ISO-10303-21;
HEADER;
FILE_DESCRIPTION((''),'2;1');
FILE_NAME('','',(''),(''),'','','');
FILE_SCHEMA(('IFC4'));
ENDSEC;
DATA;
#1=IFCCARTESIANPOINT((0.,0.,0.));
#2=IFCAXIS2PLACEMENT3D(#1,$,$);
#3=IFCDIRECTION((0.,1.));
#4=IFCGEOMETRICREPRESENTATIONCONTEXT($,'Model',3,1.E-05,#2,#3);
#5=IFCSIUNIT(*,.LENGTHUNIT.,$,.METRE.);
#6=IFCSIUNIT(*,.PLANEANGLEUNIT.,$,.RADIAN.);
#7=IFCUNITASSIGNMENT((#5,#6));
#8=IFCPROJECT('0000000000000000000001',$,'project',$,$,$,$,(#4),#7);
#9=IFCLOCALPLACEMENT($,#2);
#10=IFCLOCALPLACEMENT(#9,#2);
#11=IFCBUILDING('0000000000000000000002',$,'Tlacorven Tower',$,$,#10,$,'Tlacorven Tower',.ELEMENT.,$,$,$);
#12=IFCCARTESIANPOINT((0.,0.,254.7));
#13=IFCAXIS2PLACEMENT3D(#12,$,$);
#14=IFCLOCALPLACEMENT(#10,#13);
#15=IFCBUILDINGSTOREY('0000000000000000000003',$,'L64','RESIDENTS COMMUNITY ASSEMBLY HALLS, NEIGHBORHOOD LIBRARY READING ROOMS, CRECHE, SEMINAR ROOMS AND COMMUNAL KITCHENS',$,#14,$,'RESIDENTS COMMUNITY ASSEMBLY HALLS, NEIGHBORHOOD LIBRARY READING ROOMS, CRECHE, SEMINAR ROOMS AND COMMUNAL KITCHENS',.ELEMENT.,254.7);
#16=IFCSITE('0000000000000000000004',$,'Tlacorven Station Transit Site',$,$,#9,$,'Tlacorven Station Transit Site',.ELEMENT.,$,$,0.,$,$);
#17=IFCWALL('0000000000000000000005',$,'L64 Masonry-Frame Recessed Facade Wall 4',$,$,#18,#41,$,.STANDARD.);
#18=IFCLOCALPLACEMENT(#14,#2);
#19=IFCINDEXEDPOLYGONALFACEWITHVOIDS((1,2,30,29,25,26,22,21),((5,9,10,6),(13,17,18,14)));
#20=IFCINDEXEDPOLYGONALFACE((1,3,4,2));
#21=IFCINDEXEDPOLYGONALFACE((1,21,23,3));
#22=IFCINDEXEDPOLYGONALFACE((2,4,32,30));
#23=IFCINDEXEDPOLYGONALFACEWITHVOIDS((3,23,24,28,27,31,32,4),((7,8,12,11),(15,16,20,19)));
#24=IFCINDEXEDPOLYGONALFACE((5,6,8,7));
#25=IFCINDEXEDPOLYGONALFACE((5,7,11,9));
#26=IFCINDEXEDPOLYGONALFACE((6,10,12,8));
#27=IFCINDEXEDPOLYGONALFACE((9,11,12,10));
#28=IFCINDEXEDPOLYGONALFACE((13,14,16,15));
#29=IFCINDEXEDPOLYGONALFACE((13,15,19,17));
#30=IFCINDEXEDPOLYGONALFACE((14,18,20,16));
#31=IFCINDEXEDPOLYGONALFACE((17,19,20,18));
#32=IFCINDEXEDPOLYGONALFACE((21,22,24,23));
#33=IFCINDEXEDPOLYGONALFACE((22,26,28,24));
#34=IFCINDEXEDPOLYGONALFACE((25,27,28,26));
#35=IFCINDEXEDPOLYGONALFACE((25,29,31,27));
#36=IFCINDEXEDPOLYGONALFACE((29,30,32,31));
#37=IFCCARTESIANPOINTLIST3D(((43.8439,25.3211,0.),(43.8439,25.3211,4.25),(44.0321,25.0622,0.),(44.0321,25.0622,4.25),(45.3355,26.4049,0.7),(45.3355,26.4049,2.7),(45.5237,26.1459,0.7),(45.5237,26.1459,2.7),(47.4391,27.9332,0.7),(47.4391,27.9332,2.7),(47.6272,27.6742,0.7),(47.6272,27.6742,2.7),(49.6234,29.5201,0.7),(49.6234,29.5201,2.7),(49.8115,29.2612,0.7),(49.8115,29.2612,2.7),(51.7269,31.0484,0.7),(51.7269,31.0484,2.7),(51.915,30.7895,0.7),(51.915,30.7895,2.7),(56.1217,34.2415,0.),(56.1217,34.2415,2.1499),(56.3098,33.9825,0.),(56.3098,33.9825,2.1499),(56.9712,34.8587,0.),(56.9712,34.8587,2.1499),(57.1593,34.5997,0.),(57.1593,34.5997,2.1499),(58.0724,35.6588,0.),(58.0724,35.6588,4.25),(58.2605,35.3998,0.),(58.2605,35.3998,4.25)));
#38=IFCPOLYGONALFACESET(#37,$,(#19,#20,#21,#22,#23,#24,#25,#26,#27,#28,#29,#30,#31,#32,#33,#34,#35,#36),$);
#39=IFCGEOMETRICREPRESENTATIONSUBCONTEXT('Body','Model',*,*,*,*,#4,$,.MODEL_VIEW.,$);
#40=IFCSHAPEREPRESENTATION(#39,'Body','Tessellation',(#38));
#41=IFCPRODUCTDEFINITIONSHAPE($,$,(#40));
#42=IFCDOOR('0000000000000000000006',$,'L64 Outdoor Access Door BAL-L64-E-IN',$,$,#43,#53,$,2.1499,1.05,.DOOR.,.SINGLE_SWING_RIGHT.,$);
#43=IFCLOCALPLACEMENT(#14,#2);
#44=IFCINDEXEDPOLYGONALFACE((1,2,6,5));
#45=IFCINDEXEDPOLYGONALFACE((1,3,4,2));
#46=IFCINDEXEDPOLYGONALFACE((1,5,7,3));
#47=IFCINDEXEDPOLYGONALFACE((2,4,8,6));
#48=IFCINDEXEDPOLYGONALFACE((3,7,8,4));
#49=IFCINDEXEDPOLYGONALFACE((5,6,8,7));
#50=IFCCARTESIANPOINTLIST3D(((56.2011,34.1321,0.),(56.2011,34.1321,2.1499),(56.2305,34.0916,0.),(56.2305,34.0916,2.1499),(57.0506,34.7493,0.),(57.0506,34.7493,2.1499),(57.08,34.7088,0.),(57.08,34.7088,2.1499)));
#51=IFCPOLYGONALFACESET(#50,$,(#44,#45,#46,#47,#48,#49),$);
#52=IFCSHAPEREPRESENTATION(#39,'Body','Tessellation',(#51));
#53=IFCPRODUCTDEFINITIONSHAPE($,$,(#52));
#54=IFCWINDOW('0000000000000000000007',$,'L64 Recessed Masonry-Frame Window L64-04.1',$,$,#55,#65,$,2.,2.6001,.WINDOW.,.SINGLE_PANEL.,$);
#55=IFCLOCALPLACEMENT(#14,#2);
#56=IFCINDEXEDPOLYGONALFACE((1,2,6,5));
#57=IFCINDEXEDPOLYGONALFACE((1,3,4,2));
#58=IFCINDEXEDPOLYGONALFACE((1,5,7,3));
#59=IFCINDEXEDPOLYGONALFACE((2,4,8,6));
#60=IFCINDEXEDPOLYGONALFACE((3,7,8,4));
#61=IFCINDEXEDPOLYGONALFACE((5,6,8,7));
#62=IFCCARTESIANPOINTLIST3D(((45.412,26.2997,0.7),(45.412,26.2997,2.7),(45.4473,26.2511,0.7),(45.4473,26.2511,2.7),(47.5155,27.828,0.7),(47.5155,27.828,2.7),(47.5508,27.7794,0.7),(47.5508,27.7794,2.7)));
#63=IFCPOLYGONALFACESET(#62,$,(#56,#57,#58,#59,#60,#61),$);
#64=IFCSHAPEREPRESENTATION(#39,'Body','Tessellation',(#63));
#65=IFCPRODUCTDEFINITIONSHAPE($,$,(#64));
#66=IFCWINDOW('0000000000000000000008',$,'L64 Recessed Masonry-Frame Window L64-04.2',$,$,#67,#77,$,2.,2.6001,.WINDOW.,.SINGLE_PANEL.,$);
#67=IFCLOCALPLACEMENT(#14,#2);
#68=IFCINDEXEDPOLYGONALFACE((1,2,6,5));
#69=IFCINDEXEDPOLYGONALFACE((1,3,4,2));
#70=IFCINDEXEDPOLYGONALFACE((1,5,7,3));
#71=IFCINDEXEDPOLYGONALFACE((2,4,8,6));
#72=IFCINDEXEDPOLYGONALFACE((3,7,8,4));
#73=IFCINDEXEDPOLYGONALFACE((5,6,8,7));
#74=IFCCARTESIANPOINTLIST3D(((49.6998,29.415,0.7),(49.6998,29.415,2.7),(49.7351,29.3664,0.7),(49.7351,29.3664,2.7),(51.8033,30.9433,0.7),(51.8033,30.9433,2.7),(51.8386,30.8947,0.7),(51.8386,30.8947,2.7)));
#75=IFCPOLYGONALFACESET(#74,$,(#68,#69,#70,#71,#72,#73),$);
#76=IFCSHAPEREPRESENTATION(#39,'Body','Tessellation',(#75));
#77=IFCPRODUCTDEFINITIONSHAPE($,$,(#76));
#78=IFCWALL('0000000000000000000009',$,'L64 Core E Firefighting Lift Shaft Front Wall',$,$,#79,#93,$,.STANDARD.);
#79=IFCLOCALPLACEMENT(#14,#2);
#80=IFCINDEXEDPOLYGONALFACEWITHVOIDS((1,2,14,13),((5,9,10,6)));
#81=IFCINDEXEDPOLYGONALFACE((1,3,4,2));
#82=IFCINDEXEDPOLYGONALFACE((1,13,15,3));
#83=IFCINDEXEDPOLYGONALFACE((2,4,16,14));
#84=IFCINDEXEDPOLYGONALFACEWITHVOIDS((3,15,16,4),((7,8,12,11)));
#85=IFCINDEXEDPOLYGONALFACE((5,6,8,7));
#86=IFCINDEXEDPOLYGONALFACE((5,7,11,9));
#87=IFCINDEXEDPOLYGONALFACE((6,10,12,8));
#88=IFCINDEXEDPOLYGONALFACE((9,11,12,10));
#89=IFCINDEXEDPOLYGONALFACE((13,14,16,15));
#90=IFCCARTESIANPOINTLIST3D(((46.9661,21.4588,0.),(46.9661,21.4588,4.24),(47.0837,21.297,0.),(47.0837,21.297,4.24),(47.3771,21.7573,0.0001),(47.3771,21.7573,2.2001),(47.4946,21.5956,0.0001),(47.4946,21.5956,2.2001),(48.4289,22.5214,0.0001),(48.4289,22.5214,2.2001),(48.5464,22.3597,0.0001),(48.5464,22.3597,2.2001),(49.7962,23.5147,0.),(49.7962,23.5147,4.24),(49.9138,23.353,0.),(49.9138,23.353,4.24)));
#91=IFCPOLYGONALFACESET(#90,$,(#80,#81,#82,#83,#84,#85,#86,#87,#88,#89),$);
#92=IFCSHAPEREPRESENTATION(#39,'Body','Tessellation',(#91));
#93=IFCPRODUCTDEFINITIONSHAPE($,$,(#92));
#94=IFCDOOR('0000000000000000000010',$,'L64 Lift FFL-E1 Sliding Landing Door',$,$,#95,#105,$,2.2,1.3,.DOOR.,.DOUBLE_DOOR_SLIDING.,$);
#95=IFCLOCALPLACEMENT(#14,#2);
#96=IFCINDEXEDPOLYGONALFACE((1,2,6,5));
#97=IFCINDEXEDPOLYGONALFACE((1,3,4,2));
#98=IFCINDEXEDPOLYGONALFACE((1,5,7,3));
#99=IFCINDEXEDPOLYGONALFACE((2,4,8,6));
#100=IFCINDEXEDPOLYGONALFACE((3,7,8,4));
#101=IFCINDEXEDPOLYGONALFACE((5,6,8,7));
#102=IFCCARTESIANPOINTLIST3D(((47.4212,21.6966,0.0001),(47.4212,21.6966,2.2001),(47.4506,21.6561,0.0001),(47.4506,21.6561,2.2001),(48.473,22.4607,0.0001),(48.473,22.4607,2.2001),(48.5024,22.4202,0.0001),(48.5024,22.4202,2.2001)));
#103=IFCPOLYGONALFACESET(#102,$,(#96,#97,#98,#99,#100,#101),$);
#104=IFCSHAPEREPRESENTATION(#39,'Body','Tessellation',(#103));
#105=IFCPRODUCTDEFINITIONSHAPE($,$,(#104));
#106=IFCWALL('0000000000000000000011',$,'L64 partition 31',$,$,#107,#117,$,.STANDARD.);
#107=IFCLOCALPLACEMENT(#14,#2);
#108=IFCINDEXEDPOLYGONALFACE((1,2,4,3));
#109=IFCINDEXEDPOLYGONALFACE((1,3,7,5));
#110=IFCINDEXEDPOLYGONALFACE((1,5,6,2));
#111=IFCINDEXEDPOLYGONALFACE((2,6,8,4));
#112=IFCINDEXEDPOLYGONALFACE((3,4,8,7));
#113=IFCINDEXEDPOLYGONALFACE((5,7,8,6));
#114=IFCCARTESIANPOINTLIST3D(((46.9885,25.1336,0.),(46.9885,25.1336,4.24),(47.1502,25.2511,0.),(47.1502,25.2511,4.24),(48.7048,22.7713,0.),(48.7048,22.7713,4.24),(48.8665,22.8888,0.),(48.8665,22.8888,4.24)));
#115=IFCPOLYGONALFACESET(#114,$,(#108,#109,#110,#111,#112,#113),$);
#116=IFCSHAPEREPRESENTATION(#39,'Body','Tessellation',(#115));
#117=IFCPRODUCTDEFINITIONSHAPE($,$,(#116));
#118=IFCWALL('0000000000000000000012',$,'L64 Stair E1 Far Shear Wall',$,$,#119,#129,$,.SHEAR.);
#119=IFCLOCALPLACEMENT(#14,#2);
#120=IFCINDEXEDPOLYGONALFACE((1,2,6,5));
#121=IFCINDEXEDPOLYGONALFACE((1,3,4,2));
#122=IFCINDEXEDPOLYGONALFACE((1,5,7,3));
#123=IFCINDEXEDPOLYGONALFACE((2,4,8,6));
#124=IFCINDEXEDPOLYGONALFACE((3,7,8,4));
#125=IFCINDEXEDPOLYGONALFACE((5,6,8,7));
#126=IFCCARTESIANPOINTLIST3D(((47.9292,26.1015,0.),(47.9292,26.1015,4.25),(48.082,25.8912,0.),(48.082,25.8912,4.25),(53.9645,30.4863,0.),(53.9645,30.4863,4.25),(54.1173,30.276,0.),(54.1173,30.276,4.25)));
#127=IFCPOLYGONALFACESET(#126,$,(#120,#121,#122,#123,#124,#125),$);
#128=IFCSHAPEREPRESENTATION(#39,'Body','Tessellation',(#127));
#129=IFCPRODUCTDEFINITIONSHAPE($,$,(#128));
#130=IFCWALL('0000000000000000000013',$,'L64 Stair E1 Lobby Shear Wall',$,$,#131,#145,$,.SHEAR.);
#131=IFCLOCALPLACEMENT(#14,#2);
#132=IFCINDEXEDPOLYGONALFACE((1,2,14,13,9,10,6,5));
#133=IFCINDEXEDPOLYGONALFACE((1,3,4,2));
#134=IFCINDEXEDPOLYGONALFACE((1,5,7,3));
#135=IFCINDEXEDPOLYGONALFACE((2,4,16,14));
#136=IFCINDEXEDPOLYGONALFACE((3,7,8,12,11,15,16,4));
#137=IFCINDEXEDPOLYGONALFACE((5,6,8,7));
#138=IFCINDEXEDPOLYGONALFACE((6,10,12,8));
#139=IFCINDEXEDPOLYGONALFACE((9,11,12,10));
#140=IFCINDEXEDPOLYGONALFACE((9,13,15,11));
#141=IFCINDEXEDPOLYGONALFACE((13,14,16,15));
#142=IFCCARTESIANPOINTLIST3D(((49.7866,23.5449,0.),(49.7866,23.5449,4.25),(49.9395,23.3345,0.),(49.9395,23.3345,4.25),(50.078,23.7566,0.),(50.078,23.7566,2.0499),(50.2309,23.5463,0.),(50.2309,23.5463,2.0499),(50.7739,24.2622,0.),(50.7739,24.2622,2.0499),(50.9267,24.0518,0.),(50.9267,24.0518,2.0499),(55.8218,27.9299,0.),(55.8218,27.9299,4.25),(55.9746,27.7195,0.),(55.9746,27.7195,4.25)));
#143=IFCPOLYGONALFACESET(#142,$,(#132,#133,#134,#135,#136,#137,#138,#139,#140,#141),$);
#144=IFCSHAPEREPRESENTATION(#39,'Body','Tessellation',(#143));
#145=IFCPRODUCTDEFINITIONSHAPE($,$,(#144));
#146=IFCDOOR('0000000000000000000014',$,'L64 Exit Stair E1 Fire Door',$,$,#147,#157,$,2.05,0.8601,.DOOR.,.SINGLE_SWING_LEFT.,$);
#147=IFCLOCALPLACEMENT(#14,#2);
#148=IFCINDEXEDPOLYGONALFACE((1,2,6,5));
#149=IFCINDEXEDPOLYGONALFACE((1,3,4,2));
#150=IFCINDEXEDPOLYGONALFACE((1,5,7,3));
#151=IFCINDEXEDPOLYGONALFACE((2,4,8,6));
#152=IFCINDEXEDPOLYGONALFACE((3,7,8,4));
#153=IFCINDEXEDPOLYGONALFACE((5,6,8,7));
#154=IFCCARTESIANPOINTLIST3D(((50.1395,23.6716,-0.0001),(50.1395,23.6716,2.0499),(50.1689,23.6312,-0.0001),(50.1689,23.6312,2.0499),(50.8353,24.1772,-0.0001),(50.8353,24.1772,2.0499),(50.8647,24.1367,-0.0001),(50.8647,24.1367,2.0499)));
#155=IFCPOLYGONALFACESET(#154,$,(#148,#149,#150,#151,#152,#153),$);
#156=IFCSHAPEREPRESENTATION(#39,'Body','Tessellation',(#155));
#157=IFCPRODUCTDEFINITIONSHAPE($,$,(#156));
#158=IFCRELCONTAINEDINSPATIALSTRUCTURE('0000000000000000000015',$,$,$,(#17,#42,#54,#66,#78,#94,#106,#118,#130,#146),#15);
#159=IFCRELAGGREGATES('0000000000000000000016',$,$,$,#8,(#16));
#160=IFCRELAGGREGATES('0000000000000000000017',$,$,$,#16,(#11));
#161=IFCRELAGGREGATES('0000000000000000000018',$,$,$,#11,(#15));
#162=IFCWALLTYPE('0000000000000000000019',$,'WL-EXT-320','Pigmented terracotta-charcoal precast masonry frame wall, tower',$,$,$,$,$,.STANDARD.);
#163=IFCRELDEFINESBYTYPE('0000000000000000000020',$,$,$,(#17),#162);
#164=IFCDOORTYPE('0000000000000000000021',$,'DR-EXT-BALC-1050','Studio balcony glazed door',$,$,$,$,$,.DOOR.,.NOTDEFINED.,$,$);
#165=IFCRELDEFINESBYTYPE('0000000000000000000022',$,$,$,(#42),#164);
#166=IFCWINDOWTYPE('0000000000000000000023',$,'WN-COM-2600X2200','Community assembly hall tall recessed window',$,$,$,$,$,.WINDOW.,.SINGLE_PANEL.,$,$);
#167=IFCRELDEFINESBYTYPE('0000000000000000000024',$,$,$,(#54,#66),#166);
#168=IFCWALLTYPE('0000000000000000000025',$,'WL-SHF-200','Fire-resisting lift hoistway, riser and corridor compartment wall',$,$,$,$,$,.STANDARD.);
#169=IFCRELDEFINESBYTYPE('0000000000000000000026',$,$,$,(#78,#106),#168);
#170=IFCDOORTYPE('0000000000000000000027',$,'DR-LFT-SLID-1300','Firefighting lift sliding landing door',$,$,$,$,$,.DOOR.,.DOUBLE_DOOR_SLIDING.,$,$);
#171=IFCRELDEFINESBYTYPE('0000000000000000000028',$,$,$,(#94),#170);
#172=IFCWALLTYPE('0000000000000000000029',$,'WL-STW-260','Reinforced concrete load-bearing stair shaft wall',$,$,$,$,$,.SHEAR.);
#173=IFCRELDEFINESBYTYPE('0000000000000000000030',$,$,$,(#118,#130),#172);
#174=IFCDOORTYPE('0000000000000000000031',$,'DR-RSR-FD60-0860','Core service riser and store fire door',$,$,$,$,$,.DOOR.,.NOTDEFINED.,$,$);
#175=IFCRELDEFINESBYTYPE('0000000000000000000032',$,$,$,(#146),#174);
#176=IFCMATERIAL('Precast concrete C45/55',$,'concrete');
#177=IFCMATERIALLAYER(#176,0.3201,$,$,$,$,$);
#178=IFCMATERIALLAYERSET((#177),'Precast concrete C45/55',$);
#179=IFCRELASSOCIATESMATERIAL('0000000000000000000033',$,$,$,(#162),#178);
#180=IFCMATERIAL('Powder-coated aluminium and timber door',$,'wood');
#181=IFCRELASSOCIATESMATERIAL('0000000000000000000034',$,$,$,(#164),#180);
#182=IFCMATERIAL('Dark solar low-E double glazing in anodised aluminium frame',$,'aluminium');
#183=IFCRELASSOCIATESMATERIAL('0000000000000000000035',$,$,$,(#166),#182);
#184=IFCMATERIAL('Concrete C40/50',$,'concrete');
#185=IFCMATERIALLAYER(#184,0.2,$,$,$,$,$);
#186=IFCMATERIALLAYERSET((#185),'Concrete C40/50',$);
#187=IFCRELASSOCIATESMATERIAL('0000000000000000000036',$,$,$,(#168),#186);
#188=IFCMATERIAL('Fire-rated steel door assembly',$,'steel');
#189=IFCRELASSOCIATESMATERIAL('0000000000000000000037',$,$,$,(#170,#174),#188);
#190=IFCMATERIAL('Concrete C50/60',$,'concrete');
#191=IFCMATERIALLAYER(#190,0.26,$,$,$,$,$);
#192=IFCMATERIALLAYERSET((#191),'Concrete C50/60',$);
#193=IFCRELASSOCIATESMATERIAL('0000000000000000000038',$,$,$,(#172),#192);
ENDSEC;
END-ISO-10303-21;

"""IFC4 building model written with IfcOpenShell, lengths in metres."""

from ifc_helpers import new_model, si_unit, direction, frame, frame_2d, origin, place, context, subcontext, project, spatial, rectangle, extrude, source, transform, mapped, material, layer, layer_set, type_object, element, fill, save


model = new_model("IFC4")

# Units and contexts
model_context = context("Model", 3, precision=1e-05, world=origin(), true_north=direction((0.0, 1.0)))
body_context = subcontext(model_context, "Body", "Model", "MODEL_VIEW")
ifc_project = project(units=[si_unit("LENGTHUNIT", "METRE"), si_unit("PLANEANGLEUNIT", "RADIAN")], contexts=[model_context])

# Site, building, storey
site_placement = place(None, origin())
site = spatial("IfcSite", under=ifc_project, at=site_placement, Name="Tlacorven Station Transit Site", LongName="Tlacorven Station Transit Site", CompositionType="ELEMENT", RefElevation=0.0)
building_placement = place(site_placement, origin())
building = spatial("IfcBuilding", under=site, at=building_placement, Name="Tlacorven Tower", LongName="Tlacorven Tower", CompositionType="ELEMENT")
storey_placement = place(building_placement, frame((0.0, 0.0, 254.7)))
storey = spatial("IfcBuildingStorey", under=building, at=storey_placement, Name="L64", Description="RESIDENTS COMMUNITY ASSEMBLY HALLS, NEIGHBORHOOD LIBRARY READING ROOMS, CRECHE, SEMINAR ROOMS AND COMMUNAL KITCHENS", LongName="RESIDENTS COMMUNITY ASSEMBLY HALLS, NEIGHBORHOOD LIBRARY READING ROOMS, CRECHE, SEMINAR ROOMS AND COMMUNAL KITCHENS", CompositionType="ELEMENT", Elevation=254.7)

# Shared definitions
ifc_material_1 = material(Name="Concrete C50/60", Category="concrete")

# Wall, openings, door, windows
ifc_material_2 = material(Name="Precast concrete C45/55", Category="concrete")
ifc_layer_1 = layer(ifc_material_2, 0.3201)
ifc_layer_set_1 = layer_set([ifc_layer_1], Name="Precast concrete C45/55")
wall_type_1 = type_object("IfcWallType", Name="WL-EXT-320", Description="Pigmented terracotta-charcoal precast masonry frame wall, tower", PredefinedType="STANDARD", material=ifc_layer_set_1)
wall_1_placement = place(storey_placement, frame((43.938, 25.1917, 0.0), z_axis=(0.0, 0.0, 1.0), x_axis=(0.809016, 0.587786, 0.0)))
wall_1 = element("IfcWall", 1, at=wall_1_placement, inside=storey, type_object=wall_type_1, Name="L64 Masonry-Frame Recessed Facade Wall 4", PredefinedType="STANDARD", context=body_context, shape_type="SweptSolid", body=[
    extrude(rectangle(XDim=17.5874, YDim=0.3201, at=frame_2d((8.7937, 0.0))), origin(), (0.0, 0.0, 1.0), 4.25),
])
opening_1_placement = place(wall_1_placement, frame((15.1763, 0.0, 0.0)))
opening_1 = element("IfcOpeningElement", 2, at=opening_1_placement, cuts=wall_1, PredefinedType="OPENING", context=body_context, shape_type="SweptSolid", body=[
    extrude(rectangle(XDim=1.05, YDim=2.1499, at=frame_2d((0.5249, 1.075))), frame((0.0, 0.1699, 0.0), z_axis=(0.0, -1.0, 0.0), x_axis=(1.0, 0.0, 0.0)), (0.0, 0.0, 1.0), 0.3401),
])
opening_2_placement = place(wall_1_placement, frame((1.8438, 0.0, 0.7)))
opening_2 = element("IfcOpeningElement", 3, at=opening_2_placement, cuts=wall_1, PredefinedType="OPENING", context=body_context, shape_type="SweptSolid", body=[
    extrude(rectangle(XDim=2.6001, YDim=2.0, at=frame_2d((1.3, 1.0))), frame((0.0, 0.1699, 0.0), z_axis=(0.0, -1.0, 0.0), x_axis=(1.0, 0.0, 0.0)), (0.0, 0.0, 1.0), 0.3401),
])
opening_3_placement = place(wall_1_placement, frame((7.1438, 0.0, 0.7)))
opening_3 = element("IfcOpeningElement", 4, at=opening_3_placement, cuts=wall_1, PredefinedType="OPENING", context=body_context, shape_type="SweptSolid", body=[
    extrude(rectangle(XDim=2.6001, YDim=2.0, at=frame_2d((1.3, 1.0))), frame((0.0, 0.1699, 0.0), z_axis=(0.0, -1.0, 0.0), x_axis=(1.0, 0.0, 0.0)), (0.0, 0.0, 1.0), 0.3401),
])
ifc_material_3 = material(Name="Powder-coated aluminium and timber door", Category="wood")
door_type_1 = type_object("IfcDoorType", Name="DR-EXT-BALC-1050", Description="Studio balcony glazed door", OperationType="NOTDEFINED", PredefinedType="DOOR", material=ifc_material_3)
shared_shape_1 = source(origin(), body_context, "Body", "SweptSolid", [
    extrude(rectangle(XDim=1.05, YDim=2.1499, at=frame_2d((0.5249, 1.075))), frame((0.0, 0.0249, 0.0), z_axis=(0.0, -1.0, 0.0), x_axis=(1.0, 0.0, 0.0)), (0.0, 0.0, 1.0), 0.05),
])
door_1_placement = place(opening_1_placement, origin())
door_1 = element("IfcDoor", 5, at=door_1_placement, inside=storey, type_object=door_type_1, Name="L64 Outdoor Access Door BAL-L64-E-IN", OperationType="SINGLE_SWING_RIGHT", OverallHeight=2.1499, OverallWidth=1.05, PredefinedType="DOOR", context=body_context, shape_type="MappedRepresentation", body=[
    mapped(shared_shape_1, transform((0.0, 0.0, 0.0), scale=1.0)),
])
fill(opening_1, door_1)
ifc_material_4 = material(Name="Dark solar low-E double glazing in anodised aluminium frame", Category="aluminium")
window_type = type_object("IfcWindowType", Name="WN-COM-2600X2200", Description="Community assembly hall tall recessed window", PartitioningType="SINGLE_PANEL", PredefinedType="WINDOW", material=ifc_material_4)
shared_shape_2 = source(origin(), body_context, "Body", "SweptSolid", [
    extrude(rectangle(XDim=2.6001, YDim=2.0, at=frame_2d((1.3, 1.0))), frame((0.0, 0.03, 0.0), z_axis=(0.0, -1.0, 0.0), x_axis=(1.0, 0.0, 0.0)), (0.0, 0.0, 1.0), 0.0601),
])
window_1_placement = place(opening_2_placement, origin())
window_1 = element("IfcWindow", 6, at=window_1_placement, inside=storey, type_object=window_type, Name="L64 Recessed Masonry-Frame Window L64-04.1", OverallHeight=2.0, OverallWidth=2.6001, PartitioningType="SINGLE_PANEL", PredefinedType="WINDOW", context=body_context, shape_type="MappedRepresentation", body=[
    mapped(shared_shape_2, transform((0.0, 0.0, 0.0), scale=1.0)),
])
fill(opening_2, window_1)
window_2_placement = place(opening_3_placement, origin())
window_2 = element("IfcWindow", 7, at=window_2_placement, inside=storey, type_object=window_type, Name="L64 Recessed Masonry-Frame Window L64-04.2", OverallHeight=2.0, OverallWidth=2.6001, PartitioningType="SINGLE_PANEL", PredefinedType="WINDOW", context=body_context, shape_type="MappedRepresentation", body=[
    mapped(shared_shape_2, transform((0.0, 0.0, 0.0), scale=1.0)),
])
fill(opening_3, window_2)

# Wall, opening, door
ifc_material_5 = material(Name="Concrete C40/50", Category="concrete")
ifc_layer_2 = layer(ifc_material_5, 0.2)
ifc_layer_set_2 = layer_set([ifc_layer_2], Name="Concrete C40/50")
wall_type_2 = type_object("IfcWallType", Name="WL-SHF-200", Description="Fire-resisting lift hoistway, riser and corridor compartment wall", PredefinedType="STANDARD", material=ifc_layer_set_2)
wall_2_placement = place(storey_placement, frame((47.0249, 21.3779, 0.0), z_axis=(0.0, 0.0, 1.0), x_axis=(0.809053, 0.587736, 0.0)))
wall_2 = element("IfcWall", 8, at=wall_2_placement, inside=storey, type_object=wall_type_2, Name="L64 Core E Firefighting Lift Shaft Front Wall", PredefinedType="STANDARD", context=body_context, shape_type="SweptSolid", body=[
    extrude(rectangle(XDim=3.498, YDim=0.2, at=frame_2d((1.749, 0.0))), origin(), (0.0, 0.0, 1.0), 4.24),
])
opening_4_placement = place(wall_2_placement, frame((0.5081, 0.0, 0.0)))
opening_4 = element("IfcOpeningElement", 9, at=opening_4_placement, cuts=wall_2, PredefinedType="OPENING", context=body_context, shape_type="SweptSolid", body=[
    extrude(rectangle(XDim=1.3, YDim=2.2, at=frame_2d((0.6499, 1.1001))), frame((0.0, 0.1099, 0.0), z_axis=(0.0, -1.0, 0.0), x_axis=(1.0, 0.0, 0.0)), (0.0, 0.0, 1.0), 0.22),
])
ifc_material_6 = material(Name="Fire-rated steel door assembly", Category="steel")
door_type_2 = type_object("IfcDoorType", Name="DR-LFT-SLID-1300", Description="Firefighting lift sliding landing door", OperationType="DOUBLE_DOOR_SLIDING", PredefinedType="DOOR", material=ifc_material_6)
shared_shape_3 = source(origin(), body_context, "Body", "SweptSolid", [
    extrude(rectangle(XDim=1.3, YDim=2.2, at=frame_2d((0.6499, 1.1001))), frame((0.0, 0.0249, 0.0), z_axis=(0.0, -1.0, 0.0), x_axis=(1.0, 0.0, 0.0)), (0.0, 0.0, 1.0), 0.05),
])
door_2_placement = place(opening_4_placement, origin())
door_2 = element("IfcDoor", 10, at=door_2_placement, inside=storey, type_object=door_type_2, Name="L64 Lift FFL-E1 Sliding Landing Door", OperationType="DOUBLE_DOOR_SLIDING", OverallHeight=2.2, OverallWidth=1.3, PredefinedType="DOOR", context=body_context, shape_type="MappedRepresentation", body=[
    mapped(shared_shape_3, transform((0.0, 0.0, 0.0), scale=1.0)),
])
fill(opening_4, door_2)

# Walls
wall_3_placement = place(storey_placement, frame((48.7856, 22.8301, 0.0), z_axis=(0.0, 0.0, 1.0), x_axis=(-0.587784, 0.809018, 0.0)))
element("IfcWall", 11, at=wall_3_placement, inside=storey, type_object=wall_type_2, Name="L64 partition 31", PredefinedType="STANDARD", context=body_context, shape_type="SweptSolid", body=[
    extrude(rectangle(XDim=2.9199, YDim=0.2, at=frame_2d((1.46, 0.0))), origin(), (0.0, 0.0, 1.0), 4.24),
])
ifc_layer_3 = layer(ifc_material_1, 0.26)
ifc_layer_set_3 = layer_set([ifc_layer_3], Name="Concrete C50/60")
wall_type_3 = type_object("IfcWallType", Name="WL-STW-260", Description="Reinforced concrete load-bearing stair shaft wall", PredefinedType="SHEAR", material=ifc_layer_set_3)
wall_4_placement = place(storey_placement, frame((48.0056, 25.9963, 0.0), z_axis=(0.0, 0.0, 1.0), x_axis=(0.809019, 0.587782, 0.0)))
element("IfcWall", 12, at=wall_4_placement, inside=storey, type_object=wall_type_3, Name="L64 Stair E1 Far Shear Wall", PredefinedType="SHEAR", context=body_context, shape_type="SweptSolid", body=[
    extrude(rectangle(XDim=7.46, YDim=0.26, at=frame_2d((3.73, 0.0))), origin(), (0.0, 0.0, 1.0), 4.25),
])

# Wall, opening, door
wall_5_placement = place(storey_placement, frame((49.863, 23.4397, 0.0), z_axis=(0.0, 0.0, 1.0), x_axis=(0.809003, 0.587804, 0.0)))
wall_5 = element("IfcWall", 13, at=wall_5_placement, inside=storey, type_object=wall_type_3, Name="L64 Stair E1 Lobby Shear Wall", PredefinedType="SHEAR", context=body_context, shape_type="SweptSolid", body=[
    extrude(rectangle(XDim=7.46, YDim=0.26, at=frame_2d((3.73, 0.0))), origin(), (0.0, 0.0, 1.0), 4.25),
])
opening_5_placement = place(wall_5_placement, frame((0.3601, 0.0, 0.0)))
opening_5 = element("IfcOpeningElement", 14, at=opening_5_placement, cuts=wall_5, PredefinedType="OPENING", context=body_context, shape_type="SweptSolid", body=[
    extrude(rectangle(XDim=0.8601, YDim=2.05, at=frame_2d((0.4302, 1.0249))), frame((0.0, 0.1401, 0.0), z_axis=(0.0, -1.0, 0.0), x_axis=(1.0, 0.0, 0.0)), (0.0, 0.0, 1.0), 0.28),
])
door_type_3 = type_object("IfcDoorType", Name="DR-RSR-FD60-0860", Description="Core service riser and store fire door", OperationType="NOTDEFINED", PredefinedType="DOOR", material=ifc_material_6)
shared_shape_4 = source(origin(), body_context, "Body", "SweptSolid", [
    extrude(rectangle(XDim=0.8601, YDim=2.05, at=frame_2d((0.4302, 1.0249))), frame((0.0, 0.0249, 0.0), z_axis=(0.0, -1.0, 0.0), x_axis=(1.0, 0.0, 0.0)), (0.0, 0.0, 1.0), 0.05),
])
door_3_placement = place(opening_5_placement, frame((0.8601, 0.0, 0.0), z_axis=(0.0, 0.0, 1.0), x_axis=(-1.0, 0.0, 0.0)))
door_3 = element("IfcDoor", 15, at=door_3_placement, inside=storey, type_object=door_type_3, Name="L64 Exit Stair E1 Fire Door", OperationType="SINGLE_SWING_LEFT", OverallHeight=2.05, OverallWidth=0.8601, PredefinedType="DOOR", context=body_context, shape_type="MappedRepresentation", body=[
    mapped(shared_shape_4, transform((0.0, 0.0, 0.0), scale=1.0)),
])
fill(opening_5, door_3)

save(model, "model.ifc")
